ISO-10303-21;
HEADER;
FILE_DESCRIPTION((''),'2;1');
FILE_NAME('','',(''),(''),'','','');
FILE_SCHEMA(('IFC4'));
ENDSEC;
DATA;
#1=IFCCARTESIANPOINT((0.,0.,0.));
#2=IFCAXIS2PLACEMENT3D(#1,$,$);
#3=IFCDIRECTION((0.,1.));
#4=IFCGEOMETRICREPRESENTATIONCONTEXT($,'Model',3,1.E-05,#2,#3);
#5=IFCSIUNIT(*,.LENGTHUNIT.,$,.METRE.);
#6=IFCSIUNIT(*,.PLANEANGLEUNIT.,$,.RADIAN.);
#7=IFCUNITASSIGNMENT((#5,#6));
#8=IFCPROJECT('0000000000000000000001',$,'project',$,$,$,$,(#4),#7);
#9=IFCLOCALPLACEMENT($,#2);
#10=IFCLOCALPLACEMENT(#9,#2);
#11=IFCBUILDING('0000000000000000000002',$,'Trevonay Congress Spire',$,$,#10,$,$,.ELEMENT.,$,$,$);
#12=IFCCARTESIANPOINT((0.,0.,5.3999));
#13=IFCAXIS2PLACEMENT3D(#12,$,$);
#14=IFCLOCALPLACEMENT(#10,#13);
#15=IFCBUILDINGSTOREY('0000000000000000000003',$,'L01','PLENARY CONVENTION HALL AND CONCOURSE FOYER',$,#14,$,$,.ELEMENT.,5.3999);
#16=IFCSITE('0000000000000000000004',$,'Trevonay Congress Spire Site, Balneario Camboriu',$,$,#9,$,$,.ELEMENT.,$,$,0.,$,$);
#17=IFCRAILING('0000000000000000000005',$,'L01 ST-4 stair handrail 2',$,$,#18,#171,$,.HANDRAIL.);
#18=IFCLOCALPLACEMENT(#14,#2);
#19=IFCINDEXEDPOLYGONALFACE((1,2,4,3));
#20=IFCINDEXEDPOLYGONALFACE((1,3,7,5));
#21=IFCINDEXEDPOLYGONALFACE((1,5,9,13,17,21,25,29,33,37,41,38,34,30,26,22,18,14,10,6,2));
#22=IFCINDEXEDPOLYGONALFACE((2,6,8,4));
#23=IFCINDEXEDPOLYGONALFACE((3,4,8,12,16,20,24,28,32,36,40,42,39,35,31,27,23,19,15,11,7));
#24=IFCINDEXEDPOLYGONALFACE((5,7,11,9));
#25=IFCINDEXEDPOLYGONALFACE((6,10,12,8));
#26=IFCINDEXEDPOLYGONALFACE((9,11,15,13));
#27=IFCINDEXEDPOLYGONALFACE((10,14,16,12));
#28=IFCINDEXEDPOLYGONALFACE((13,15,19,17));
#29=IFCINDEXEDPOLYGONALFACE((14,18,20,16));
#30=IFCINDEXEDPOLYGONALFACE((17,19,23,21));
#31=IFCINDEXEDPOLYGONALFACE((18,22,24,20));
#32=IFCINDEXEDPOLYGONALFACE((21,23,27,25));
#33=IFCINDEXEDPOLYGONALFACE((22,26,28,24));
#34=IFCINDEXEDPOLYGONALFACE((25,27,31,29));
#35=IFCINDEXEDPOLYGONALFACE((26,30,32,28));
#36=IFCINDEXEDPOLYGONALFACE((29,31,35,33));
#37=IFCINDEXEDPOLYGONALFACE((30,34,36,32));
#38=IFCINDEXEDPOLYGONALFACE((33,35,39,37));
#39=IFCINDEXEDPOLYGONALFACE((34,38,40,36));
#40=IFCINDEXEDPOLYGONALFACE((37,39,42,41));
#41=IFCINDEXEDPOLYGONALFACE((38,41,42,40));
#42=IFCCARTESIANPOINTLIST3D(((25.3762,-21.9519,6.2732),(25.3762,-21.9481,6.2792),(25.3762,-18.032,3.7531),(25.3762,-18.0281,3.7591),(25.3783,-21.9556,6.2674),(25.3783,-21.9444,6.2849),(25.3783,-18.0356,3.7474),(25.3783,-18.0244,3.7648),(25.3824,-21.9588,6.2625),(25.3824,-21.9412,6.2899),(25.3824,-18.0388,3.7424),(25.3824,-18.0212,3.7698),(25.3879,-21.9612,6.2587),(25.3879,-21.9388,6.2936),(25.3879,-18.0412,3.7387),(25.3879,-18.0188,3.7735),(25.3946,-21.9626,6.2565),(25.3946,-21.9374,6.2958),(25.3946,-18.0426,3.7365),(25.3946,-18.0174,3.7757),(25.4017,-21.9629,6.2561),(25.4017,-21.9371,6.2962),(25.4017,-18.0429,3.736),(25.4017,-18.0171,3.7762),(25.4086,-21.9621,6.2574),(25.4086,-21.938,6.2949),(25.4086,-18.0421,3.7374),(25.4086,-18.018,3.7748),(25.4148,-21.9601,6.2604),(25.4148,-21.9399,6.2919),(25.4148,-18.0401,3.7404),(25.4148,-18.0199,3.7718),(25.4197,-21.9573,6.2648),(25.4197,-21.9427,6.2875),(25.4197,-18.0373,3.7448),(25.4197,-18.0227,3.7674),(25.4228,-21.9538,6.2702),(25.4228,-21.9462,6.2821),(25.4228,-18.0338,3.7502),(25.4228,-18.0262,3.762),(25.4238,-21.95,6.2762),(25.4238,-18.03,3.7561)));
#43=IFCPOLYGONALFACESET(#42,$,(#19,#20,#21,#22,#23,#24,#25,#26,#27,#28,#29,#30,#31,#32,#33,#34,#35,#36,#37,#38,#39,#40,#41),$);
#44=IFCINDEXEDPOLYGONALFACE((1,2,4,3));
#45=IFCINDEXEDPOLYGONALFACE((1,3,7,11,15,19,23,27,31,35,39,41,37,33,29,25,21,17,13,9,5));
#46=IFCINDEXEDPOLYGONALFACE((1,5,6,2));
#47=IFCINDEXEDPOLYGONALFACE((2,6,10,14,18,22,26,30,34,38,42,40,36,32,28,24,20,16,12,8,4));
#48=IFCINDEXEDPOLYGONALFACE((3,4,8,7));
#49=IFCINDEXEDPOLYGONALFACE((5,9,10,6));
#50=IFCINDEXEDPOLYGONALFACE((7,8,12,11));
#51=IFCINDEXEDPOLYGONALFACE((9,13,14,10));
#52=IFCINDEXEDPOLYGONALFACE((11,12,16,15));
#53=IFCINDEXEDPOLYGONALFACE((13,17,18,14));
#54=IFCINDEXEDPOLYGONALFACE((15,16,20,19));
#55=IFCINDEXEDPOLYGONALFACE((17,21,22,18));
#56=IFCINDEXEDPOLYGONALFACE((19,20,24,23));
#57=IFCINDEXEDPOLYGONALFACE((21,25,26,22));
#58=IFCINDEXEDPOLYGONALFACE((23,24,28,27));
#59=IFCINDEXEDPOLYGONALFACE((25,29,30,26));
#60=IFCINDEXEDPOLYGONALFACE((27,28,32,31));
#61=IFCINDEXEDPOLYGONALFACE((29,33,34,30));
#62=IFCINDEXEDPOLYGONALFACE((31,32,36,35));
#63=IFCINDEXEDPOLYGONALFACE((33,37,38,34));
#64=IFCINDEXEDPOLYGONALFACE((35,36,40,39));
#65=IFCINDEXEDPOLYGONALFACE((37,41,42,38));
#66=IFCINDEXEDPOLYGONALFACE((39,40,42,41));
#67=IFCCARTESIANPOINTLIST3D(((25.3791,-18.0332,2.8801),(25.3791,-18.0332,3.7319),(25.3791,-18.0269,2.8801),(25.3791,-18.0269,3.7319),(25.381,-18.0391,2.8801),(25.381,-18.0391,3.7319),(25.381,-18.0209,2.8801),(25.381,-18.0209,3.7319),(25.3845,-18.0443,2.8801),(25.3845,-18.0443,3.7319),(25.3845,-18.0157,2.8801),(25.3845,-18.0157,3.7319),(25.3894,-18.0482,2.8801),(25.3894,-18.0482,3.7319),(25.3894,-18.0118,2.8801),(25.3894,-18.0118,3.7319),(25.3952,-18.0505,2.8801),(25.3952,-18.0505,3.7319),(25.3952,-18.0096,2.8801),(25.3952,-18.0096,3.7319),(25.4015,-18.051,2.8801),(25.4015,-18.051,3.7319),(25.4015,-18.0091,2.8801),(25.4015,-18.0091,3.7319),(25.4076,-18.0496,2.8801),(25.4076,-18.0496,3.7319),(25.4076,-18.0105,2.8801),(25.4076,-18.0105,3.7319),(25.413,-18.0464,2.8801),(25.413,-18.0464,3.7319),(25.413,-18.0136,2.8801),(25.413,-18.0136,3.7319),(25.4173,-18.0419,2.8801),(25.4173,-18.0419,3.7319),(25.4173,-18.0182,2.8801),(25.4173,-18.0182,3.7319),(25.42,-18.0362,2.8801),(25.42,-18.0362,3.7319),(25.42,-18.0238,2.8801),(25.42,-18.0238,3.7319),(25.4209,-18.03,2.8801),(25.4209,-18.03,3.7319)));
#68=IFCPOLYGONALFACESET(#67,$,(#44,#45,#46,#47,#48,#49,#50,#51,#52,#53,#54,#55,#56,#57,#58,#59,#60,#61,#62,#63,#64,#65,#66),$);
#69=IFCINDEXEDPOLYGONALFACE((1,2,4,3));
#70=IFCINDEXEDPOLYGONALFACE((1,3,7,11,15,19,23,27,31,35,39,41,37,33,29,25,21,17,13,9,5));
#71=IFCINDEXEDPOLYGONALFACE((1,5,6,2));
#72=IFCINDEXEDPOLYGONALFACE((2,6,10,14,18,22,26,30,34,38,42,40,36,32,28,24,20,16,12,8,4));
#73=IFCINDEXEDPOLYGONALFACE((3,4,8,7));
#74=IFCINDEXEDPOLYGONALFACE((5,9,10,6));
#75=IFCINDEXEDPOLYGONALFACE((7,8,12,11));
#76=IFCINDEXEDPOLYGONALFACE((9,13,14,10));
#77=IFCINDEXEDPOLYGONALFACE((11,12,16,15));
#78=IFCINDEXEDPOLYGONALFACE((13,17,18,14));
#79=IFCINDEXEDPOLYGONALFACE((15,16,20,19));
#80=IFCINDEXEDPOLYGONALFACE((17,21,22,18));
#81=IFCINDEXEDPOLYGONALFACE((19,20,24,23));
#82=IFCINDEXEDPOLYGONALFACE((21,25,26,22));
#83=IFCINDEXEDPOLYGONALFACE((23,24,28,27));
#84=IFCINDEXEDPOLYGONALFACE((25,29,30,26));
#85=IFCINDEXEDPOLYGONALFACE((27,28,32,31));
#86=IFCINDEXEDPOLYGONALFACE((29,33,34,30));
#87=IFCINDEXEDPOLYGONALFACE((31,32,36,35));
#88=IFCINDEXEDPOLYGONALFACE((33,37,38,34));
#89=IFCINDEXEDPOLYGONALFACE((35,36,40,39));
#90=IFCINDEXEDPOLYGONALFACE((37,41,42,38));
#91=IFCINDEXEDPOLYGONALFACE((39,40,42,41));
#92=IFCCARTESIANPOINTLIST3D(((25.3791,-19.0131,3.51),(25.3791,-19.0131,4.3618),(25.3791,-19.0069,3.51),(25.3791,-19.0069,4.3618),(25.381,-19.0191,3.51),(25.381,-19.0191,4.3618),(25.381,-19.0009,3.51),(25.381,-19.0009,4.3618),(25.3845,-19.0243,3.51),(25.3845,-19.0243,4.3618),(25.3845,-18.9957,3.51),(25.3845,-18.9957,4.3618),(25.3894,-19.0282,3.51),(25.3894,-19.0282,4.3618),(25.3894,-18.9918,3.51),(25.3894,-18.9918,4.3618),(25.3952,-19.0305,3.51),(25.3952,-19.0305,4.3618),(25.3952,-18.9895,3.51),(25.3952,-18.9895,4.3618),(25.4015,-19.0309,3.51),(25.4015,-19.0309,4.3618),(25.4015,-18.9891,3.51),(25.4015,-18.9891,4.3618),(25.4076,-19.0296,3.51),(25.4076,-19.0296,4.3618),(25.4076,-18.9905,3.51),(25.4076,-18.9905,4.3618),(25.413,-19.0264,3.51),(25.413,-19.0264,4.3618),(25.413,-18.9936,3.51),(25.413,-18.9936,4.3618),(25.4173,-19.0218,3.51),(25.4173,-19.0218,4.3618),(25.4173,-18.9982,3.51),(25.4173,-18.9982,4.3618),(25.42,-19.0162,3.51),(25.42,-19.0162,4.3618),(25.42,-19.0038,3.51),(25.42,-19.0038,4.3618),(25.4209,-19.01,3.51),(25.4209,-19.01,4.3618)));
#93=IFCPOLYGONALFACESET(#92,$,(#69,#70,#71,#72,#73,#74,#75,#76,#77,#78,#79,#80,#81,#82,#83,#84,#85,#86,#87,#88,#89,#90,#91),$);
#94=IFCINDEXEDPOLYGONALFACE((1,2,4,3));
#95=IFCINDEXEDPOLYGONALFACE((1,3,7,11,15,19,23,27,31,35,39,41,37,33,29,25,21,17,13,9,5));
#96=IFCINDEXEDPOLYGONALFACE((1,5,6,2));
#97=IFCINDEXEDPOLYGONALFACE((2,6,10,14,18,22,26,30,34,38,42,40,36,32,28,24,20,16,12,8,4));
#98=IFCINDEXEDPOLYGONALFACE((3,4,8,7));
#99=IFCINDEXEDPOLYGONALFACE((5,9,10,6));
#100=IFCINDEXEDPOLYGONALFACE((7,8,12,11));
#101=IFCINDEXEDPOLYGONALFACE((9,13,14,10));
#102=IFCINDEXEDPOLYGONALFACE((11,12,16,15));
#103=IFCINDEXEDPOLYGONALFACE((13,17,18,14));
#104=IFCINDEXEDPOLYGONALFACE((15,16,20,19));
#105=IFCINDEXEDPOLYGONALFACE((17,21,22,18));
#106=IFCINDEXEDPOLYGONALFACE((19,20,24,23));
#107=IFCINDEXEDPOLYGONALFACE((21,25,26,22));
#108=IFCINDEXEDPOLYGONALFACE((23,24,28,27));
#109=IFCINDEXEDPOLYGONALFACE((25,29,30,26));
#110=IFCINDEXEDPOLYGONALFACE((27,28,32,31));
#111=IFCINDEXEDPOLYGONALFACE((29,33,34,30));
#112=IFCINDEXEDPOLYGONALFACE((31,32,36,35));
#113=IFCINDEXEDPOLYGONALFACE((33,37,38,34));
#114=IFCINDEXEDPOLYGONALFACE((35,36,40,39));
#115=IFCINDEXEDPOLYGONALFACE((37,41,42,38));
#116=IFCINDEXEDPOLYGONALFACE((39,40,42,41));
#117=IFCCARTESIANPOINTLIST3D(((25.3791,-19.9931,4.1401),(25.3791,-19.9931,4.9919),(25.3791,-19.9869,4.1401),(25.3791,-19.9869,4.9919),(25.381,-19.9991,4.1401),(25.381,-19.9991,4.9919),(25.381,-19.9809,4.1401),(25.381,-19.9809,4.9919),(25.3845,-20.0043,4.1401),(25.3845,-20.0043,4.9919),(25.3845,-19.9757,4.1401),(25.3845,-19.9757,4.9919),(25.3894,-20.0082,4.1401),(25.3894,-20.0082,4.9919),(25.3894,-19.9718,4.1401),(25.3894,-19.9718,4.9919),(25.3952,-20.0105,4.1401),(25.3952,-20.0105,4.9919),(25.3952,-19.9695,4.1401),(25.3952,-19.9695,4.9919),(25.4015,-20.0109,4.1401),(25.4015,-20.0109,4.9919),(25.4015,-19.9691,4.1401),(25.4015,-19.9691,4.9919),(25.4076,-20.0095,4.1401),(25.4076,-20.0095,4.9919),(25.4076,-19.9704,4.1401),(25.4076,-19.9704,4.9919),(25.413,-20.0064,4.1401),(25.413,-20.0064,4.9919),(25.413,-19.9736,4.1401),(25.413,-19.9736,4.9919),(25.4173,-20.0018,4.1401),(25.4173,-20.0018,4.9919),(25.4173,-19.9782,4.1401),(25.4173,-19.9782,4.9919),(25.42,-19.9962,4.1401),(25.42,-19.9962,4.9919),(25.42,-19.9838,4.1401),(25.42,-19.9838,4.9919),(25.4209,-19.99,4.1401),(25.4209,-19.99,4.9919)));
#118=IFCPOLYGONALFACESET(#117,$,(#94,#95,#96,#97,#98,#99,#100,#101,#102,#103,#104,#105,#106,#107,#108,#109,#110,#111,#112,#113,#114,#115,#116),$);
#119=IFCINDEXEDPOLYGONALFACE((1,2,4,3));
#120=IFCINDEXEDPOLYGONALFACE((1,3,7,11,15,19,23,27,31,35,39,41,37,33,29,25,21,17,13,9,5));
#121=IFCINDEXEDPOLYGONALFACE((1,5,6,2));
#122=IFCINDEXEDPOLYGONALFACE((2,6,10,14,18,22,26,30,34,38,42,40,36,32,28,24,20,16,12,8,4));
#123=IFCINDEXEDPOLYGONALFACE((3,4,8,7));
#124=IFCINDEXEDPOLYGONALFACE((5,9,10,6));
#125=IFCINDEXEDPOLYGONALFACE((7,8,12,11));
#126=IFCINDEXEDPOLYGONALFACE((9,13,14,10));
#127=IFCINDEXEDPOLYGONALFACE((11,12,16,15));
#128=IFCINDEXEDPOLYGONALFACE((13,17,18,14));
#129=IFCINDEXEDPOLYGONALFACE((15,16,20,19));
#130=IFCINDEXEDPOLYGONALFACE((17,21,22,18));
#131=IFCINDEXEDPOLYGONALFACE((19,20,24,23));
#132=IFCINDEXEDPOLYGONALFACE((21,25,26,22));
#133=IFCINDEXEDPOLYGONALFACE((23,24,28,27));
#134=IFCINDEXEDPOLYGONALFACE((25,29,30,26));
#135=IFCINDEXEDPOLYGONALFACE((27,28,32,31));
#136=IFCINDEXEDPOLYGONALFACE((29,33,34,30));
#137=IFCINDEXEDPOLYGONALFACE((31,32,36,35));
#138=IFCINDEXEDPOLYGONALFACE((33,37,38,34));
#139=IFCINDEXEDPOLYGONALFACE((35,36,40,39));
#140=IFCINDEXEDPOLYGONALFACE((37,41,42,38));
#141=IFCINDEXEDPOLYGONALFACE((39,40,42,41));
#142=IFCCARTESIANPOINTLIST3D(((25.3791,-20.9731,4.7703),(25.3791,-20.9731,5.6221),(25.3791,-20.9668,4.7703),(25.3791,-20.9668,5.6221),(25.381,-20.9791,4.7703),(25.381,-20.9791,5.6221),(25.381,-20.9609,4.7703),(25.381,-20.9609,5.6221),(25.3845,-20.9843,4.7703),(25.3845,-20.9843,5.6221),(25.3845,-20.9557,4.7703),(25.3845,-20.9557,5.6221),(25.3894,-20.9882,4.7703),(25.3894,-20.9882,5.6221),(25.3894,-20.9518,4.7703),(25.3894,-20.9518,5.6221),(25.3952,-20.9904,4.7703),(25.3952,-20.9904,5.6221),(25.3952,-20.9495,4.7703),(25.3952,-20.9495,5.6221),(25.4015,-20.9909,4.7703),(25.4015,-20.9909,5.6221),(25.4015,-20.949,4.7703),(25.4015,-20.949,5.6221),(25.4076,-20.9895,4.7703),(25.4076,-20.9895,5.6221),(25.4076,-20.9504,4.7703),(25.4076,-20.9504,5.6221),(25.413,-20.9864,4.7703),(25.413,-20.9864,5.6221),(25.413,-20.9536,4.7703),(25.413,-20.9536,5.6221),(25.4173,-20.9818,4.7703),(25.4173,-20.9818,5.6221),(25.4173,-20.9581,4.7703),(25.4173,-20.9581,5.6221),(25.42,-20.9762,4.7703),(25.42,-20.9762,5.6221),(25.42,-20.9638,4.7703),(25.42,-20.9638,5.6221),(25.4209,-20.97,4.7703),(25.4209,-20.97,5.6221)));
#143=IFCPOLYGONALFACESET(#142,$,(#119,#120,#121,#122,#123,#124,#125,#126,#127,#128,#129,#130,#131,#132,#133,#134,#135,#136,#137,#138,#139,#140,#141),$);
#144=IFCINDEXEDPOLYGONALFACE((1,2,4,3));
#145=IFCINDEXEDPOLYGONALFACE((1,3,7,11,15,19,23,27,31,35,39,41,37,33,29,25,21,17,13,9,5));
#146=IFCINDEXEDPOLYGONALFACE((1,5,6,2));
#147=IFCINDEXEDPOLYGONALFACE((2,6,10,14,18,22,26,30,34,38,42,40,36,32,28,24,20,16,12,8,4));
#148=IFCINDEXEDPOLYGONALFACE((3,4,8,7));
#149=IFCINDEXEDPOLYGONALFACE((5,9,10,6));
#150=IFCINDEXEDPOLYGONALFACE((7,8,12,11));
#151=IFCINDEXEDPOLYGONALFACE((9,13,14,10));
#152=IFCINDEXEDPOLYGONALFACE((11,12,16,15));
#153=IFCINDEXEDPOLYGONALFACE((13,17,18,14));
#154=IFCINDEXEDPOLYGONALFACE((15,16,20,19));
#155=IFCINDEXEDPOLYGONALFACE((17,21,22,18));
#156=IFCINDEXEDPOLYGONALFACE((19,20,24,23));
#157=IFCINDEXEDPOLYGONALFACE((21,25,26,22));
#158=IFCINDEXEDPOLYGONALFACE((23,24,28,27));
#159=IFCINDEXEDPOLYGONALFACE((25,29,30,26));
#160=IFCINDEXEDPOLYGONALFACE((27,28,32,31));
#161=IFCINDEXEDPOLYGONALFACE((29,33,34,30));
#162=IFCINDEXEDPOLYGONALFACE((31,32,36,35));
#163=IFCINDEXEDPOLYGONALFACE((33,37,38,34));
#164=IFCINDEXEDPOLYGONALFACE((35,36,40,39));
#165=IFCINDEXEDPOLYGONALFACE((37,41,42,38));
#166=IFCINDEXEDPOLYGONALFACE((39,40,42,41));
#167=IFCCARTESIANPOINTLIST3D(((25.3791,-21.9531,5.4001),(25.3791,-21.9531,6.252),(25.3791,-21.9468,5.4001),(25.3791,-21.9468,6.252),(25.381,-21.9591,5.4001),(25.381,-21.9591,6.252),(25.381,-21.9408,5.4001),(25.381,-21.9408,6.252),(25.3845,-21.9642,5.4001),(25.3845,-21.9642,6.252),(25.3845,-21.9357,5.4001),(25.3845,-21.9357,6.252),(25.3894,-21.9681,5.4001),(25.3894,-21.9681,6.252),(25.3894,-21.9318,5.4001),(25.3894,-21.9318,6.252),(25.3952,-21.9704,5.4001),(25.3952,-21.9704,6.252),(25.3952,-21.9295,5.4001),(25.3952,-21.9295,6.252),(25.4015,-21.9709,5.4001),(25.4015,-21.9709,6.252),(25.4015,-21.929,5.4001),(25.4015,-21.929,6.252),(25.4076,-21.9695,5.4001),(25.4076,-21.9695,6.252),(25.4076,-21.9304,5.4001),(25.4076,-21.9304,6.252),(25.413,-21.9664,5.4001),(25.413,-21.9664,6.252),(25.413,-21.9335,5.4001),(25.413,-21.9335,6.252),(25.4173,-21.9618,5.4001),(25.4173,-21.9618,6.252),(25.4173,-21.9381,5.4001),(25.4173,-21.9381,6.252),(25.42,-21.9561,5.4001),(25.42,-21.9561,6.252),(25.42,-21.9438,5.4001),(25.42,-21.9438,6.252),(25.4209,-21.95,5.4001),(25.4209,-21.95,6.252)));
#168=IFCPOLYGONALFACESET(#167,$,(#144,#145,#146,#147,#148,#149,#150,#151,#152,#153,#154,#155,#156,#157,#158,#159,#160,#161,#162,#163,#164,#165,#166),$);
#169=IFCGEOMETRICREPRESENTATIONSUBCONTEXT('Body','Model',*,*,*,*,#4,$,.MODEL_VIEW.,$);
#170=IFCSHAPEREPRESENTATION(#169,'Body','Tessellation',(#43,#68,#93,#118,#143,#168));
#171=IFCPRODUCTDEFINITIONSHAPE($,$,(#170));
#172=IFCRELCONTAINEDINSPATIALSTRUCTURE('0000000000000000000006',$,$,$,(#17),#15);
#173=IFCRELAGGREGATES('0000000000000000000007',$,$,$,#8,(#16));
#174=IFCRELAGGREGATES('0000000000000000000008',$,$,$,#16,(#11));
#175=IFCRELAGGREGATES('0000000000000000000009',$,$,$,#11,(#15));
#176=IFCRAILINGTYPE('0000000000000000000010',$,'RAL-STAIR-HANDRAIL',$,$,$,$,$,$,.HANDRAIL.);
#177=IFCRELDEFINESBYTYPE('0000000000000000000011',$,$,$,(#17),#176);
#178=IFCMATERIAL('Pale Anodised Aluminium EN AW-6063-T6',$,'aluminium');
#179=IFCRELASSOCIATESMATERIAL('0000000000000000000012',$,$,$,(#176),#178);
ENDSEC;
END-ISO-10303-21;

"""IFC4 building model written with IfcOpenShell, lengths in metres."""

from ifc_helpers import new_model, si_unit, direction, frame, origin, origin_2d, place, context, subcontext, project, spatial, circle, extrude, material, type_object, element, save


model = new_model("IFC4")

# Units and contexts
model_context = context("Model", 3, precision=1e-05, world=origin(), true_north=direction((0.0, 1.0)))
body_context = subcontext(model_context, "Body", "Model", "MODEL_VIEW")
ifc_project = project(units=[si_unit("LENGTHUNIT", "METRE"), si_unit("PLANEANGLEUNIT", "RADIAN")], contexts=[model_context])

# Site, building, storey
site_placement = place(None, origin())
site = spatial("IfcSite", under=ifc_project, at=site_placement, Name="Trevonay Congress Spire Site, Balneario Camboriu", CompositionType="ELEMENT", RefElevation=0.0)
building_placement = place(site_placement, origin())
building = spatial("IfcBuilding", under=site, at=building_placement, Name="Trevonay Congress Spire", CompositionType="ELEMENT")
storey_placement = place(building_placement, frame((0.0, 0.0, 5.3999)))
storey = spatial("IfcBuildingStorey", under=building, at=storey_placement, Name="L01", Description="PLENARY CONVENTION HALL AND CONCOURSE FOYER", CompositionType="ELEMENT", Elevation=5.3999)

# Shared definitions
ifc_material_1 = material(Name="Pale Anodised Aluminium EN AW-6063-T6", Category="aluminium")

# Railing
railing_type_1 = type_object("IfcRailingType", Name="RAL-STAIR-HANDRAIL", PredefinedType="HANDRAIL", material=ifc_material_1)
railing_1_placement = place(storey_placement, frame((25.3999, -18.03, 2.8801)))
element("IfcRailing", 1, at=railing_1_placement, inside=storey, type_object=railing_type_1, Name="L01 ST-4 stair handrail 2", PredefinedType="HANDRAIL", context=body_context, shape_type="SweptSolid", body=[
    extrude(circle(Radius=0.0239, at=origin_2d()), frame((0.0, 0.0, 0.876), z_axis=(0.0, -0.841172, 0.540768), x_axis=(1.0, 0.0, 0.0)), (0.0, 0.0, 1.0), 4.6602),
    extrude(circle(Radius=0.021, at=origin_2d()), origin(), (0.0, 0.0, 1.0), 0.8518),
    extrude(circle(Radius=0.021, at=origin_2d()), frame((0.0, -0.98, 0.6299)), (0.0, 0.0, 1.0), 0.8518),
    extrude(circle(Radius=0.021, at=origin_2d()), frame((0.0, -1.96, 1.26)), (0.0, 0.0, 1.0), 0.8518),
    extrude(circle(Radius=0.021, at=origin_2d()), frame((0.0, -2.9399, 1.8901)), (0.0, 0.0, 1.0), 0.8518),
    extrude(circle(Radius=0.021, at=origin_2d()), frame((0.0, -3.9199, 2.52)), (0.0, 0.0, 1.0), 0.8518),
])

save(model, "model.ifc")
